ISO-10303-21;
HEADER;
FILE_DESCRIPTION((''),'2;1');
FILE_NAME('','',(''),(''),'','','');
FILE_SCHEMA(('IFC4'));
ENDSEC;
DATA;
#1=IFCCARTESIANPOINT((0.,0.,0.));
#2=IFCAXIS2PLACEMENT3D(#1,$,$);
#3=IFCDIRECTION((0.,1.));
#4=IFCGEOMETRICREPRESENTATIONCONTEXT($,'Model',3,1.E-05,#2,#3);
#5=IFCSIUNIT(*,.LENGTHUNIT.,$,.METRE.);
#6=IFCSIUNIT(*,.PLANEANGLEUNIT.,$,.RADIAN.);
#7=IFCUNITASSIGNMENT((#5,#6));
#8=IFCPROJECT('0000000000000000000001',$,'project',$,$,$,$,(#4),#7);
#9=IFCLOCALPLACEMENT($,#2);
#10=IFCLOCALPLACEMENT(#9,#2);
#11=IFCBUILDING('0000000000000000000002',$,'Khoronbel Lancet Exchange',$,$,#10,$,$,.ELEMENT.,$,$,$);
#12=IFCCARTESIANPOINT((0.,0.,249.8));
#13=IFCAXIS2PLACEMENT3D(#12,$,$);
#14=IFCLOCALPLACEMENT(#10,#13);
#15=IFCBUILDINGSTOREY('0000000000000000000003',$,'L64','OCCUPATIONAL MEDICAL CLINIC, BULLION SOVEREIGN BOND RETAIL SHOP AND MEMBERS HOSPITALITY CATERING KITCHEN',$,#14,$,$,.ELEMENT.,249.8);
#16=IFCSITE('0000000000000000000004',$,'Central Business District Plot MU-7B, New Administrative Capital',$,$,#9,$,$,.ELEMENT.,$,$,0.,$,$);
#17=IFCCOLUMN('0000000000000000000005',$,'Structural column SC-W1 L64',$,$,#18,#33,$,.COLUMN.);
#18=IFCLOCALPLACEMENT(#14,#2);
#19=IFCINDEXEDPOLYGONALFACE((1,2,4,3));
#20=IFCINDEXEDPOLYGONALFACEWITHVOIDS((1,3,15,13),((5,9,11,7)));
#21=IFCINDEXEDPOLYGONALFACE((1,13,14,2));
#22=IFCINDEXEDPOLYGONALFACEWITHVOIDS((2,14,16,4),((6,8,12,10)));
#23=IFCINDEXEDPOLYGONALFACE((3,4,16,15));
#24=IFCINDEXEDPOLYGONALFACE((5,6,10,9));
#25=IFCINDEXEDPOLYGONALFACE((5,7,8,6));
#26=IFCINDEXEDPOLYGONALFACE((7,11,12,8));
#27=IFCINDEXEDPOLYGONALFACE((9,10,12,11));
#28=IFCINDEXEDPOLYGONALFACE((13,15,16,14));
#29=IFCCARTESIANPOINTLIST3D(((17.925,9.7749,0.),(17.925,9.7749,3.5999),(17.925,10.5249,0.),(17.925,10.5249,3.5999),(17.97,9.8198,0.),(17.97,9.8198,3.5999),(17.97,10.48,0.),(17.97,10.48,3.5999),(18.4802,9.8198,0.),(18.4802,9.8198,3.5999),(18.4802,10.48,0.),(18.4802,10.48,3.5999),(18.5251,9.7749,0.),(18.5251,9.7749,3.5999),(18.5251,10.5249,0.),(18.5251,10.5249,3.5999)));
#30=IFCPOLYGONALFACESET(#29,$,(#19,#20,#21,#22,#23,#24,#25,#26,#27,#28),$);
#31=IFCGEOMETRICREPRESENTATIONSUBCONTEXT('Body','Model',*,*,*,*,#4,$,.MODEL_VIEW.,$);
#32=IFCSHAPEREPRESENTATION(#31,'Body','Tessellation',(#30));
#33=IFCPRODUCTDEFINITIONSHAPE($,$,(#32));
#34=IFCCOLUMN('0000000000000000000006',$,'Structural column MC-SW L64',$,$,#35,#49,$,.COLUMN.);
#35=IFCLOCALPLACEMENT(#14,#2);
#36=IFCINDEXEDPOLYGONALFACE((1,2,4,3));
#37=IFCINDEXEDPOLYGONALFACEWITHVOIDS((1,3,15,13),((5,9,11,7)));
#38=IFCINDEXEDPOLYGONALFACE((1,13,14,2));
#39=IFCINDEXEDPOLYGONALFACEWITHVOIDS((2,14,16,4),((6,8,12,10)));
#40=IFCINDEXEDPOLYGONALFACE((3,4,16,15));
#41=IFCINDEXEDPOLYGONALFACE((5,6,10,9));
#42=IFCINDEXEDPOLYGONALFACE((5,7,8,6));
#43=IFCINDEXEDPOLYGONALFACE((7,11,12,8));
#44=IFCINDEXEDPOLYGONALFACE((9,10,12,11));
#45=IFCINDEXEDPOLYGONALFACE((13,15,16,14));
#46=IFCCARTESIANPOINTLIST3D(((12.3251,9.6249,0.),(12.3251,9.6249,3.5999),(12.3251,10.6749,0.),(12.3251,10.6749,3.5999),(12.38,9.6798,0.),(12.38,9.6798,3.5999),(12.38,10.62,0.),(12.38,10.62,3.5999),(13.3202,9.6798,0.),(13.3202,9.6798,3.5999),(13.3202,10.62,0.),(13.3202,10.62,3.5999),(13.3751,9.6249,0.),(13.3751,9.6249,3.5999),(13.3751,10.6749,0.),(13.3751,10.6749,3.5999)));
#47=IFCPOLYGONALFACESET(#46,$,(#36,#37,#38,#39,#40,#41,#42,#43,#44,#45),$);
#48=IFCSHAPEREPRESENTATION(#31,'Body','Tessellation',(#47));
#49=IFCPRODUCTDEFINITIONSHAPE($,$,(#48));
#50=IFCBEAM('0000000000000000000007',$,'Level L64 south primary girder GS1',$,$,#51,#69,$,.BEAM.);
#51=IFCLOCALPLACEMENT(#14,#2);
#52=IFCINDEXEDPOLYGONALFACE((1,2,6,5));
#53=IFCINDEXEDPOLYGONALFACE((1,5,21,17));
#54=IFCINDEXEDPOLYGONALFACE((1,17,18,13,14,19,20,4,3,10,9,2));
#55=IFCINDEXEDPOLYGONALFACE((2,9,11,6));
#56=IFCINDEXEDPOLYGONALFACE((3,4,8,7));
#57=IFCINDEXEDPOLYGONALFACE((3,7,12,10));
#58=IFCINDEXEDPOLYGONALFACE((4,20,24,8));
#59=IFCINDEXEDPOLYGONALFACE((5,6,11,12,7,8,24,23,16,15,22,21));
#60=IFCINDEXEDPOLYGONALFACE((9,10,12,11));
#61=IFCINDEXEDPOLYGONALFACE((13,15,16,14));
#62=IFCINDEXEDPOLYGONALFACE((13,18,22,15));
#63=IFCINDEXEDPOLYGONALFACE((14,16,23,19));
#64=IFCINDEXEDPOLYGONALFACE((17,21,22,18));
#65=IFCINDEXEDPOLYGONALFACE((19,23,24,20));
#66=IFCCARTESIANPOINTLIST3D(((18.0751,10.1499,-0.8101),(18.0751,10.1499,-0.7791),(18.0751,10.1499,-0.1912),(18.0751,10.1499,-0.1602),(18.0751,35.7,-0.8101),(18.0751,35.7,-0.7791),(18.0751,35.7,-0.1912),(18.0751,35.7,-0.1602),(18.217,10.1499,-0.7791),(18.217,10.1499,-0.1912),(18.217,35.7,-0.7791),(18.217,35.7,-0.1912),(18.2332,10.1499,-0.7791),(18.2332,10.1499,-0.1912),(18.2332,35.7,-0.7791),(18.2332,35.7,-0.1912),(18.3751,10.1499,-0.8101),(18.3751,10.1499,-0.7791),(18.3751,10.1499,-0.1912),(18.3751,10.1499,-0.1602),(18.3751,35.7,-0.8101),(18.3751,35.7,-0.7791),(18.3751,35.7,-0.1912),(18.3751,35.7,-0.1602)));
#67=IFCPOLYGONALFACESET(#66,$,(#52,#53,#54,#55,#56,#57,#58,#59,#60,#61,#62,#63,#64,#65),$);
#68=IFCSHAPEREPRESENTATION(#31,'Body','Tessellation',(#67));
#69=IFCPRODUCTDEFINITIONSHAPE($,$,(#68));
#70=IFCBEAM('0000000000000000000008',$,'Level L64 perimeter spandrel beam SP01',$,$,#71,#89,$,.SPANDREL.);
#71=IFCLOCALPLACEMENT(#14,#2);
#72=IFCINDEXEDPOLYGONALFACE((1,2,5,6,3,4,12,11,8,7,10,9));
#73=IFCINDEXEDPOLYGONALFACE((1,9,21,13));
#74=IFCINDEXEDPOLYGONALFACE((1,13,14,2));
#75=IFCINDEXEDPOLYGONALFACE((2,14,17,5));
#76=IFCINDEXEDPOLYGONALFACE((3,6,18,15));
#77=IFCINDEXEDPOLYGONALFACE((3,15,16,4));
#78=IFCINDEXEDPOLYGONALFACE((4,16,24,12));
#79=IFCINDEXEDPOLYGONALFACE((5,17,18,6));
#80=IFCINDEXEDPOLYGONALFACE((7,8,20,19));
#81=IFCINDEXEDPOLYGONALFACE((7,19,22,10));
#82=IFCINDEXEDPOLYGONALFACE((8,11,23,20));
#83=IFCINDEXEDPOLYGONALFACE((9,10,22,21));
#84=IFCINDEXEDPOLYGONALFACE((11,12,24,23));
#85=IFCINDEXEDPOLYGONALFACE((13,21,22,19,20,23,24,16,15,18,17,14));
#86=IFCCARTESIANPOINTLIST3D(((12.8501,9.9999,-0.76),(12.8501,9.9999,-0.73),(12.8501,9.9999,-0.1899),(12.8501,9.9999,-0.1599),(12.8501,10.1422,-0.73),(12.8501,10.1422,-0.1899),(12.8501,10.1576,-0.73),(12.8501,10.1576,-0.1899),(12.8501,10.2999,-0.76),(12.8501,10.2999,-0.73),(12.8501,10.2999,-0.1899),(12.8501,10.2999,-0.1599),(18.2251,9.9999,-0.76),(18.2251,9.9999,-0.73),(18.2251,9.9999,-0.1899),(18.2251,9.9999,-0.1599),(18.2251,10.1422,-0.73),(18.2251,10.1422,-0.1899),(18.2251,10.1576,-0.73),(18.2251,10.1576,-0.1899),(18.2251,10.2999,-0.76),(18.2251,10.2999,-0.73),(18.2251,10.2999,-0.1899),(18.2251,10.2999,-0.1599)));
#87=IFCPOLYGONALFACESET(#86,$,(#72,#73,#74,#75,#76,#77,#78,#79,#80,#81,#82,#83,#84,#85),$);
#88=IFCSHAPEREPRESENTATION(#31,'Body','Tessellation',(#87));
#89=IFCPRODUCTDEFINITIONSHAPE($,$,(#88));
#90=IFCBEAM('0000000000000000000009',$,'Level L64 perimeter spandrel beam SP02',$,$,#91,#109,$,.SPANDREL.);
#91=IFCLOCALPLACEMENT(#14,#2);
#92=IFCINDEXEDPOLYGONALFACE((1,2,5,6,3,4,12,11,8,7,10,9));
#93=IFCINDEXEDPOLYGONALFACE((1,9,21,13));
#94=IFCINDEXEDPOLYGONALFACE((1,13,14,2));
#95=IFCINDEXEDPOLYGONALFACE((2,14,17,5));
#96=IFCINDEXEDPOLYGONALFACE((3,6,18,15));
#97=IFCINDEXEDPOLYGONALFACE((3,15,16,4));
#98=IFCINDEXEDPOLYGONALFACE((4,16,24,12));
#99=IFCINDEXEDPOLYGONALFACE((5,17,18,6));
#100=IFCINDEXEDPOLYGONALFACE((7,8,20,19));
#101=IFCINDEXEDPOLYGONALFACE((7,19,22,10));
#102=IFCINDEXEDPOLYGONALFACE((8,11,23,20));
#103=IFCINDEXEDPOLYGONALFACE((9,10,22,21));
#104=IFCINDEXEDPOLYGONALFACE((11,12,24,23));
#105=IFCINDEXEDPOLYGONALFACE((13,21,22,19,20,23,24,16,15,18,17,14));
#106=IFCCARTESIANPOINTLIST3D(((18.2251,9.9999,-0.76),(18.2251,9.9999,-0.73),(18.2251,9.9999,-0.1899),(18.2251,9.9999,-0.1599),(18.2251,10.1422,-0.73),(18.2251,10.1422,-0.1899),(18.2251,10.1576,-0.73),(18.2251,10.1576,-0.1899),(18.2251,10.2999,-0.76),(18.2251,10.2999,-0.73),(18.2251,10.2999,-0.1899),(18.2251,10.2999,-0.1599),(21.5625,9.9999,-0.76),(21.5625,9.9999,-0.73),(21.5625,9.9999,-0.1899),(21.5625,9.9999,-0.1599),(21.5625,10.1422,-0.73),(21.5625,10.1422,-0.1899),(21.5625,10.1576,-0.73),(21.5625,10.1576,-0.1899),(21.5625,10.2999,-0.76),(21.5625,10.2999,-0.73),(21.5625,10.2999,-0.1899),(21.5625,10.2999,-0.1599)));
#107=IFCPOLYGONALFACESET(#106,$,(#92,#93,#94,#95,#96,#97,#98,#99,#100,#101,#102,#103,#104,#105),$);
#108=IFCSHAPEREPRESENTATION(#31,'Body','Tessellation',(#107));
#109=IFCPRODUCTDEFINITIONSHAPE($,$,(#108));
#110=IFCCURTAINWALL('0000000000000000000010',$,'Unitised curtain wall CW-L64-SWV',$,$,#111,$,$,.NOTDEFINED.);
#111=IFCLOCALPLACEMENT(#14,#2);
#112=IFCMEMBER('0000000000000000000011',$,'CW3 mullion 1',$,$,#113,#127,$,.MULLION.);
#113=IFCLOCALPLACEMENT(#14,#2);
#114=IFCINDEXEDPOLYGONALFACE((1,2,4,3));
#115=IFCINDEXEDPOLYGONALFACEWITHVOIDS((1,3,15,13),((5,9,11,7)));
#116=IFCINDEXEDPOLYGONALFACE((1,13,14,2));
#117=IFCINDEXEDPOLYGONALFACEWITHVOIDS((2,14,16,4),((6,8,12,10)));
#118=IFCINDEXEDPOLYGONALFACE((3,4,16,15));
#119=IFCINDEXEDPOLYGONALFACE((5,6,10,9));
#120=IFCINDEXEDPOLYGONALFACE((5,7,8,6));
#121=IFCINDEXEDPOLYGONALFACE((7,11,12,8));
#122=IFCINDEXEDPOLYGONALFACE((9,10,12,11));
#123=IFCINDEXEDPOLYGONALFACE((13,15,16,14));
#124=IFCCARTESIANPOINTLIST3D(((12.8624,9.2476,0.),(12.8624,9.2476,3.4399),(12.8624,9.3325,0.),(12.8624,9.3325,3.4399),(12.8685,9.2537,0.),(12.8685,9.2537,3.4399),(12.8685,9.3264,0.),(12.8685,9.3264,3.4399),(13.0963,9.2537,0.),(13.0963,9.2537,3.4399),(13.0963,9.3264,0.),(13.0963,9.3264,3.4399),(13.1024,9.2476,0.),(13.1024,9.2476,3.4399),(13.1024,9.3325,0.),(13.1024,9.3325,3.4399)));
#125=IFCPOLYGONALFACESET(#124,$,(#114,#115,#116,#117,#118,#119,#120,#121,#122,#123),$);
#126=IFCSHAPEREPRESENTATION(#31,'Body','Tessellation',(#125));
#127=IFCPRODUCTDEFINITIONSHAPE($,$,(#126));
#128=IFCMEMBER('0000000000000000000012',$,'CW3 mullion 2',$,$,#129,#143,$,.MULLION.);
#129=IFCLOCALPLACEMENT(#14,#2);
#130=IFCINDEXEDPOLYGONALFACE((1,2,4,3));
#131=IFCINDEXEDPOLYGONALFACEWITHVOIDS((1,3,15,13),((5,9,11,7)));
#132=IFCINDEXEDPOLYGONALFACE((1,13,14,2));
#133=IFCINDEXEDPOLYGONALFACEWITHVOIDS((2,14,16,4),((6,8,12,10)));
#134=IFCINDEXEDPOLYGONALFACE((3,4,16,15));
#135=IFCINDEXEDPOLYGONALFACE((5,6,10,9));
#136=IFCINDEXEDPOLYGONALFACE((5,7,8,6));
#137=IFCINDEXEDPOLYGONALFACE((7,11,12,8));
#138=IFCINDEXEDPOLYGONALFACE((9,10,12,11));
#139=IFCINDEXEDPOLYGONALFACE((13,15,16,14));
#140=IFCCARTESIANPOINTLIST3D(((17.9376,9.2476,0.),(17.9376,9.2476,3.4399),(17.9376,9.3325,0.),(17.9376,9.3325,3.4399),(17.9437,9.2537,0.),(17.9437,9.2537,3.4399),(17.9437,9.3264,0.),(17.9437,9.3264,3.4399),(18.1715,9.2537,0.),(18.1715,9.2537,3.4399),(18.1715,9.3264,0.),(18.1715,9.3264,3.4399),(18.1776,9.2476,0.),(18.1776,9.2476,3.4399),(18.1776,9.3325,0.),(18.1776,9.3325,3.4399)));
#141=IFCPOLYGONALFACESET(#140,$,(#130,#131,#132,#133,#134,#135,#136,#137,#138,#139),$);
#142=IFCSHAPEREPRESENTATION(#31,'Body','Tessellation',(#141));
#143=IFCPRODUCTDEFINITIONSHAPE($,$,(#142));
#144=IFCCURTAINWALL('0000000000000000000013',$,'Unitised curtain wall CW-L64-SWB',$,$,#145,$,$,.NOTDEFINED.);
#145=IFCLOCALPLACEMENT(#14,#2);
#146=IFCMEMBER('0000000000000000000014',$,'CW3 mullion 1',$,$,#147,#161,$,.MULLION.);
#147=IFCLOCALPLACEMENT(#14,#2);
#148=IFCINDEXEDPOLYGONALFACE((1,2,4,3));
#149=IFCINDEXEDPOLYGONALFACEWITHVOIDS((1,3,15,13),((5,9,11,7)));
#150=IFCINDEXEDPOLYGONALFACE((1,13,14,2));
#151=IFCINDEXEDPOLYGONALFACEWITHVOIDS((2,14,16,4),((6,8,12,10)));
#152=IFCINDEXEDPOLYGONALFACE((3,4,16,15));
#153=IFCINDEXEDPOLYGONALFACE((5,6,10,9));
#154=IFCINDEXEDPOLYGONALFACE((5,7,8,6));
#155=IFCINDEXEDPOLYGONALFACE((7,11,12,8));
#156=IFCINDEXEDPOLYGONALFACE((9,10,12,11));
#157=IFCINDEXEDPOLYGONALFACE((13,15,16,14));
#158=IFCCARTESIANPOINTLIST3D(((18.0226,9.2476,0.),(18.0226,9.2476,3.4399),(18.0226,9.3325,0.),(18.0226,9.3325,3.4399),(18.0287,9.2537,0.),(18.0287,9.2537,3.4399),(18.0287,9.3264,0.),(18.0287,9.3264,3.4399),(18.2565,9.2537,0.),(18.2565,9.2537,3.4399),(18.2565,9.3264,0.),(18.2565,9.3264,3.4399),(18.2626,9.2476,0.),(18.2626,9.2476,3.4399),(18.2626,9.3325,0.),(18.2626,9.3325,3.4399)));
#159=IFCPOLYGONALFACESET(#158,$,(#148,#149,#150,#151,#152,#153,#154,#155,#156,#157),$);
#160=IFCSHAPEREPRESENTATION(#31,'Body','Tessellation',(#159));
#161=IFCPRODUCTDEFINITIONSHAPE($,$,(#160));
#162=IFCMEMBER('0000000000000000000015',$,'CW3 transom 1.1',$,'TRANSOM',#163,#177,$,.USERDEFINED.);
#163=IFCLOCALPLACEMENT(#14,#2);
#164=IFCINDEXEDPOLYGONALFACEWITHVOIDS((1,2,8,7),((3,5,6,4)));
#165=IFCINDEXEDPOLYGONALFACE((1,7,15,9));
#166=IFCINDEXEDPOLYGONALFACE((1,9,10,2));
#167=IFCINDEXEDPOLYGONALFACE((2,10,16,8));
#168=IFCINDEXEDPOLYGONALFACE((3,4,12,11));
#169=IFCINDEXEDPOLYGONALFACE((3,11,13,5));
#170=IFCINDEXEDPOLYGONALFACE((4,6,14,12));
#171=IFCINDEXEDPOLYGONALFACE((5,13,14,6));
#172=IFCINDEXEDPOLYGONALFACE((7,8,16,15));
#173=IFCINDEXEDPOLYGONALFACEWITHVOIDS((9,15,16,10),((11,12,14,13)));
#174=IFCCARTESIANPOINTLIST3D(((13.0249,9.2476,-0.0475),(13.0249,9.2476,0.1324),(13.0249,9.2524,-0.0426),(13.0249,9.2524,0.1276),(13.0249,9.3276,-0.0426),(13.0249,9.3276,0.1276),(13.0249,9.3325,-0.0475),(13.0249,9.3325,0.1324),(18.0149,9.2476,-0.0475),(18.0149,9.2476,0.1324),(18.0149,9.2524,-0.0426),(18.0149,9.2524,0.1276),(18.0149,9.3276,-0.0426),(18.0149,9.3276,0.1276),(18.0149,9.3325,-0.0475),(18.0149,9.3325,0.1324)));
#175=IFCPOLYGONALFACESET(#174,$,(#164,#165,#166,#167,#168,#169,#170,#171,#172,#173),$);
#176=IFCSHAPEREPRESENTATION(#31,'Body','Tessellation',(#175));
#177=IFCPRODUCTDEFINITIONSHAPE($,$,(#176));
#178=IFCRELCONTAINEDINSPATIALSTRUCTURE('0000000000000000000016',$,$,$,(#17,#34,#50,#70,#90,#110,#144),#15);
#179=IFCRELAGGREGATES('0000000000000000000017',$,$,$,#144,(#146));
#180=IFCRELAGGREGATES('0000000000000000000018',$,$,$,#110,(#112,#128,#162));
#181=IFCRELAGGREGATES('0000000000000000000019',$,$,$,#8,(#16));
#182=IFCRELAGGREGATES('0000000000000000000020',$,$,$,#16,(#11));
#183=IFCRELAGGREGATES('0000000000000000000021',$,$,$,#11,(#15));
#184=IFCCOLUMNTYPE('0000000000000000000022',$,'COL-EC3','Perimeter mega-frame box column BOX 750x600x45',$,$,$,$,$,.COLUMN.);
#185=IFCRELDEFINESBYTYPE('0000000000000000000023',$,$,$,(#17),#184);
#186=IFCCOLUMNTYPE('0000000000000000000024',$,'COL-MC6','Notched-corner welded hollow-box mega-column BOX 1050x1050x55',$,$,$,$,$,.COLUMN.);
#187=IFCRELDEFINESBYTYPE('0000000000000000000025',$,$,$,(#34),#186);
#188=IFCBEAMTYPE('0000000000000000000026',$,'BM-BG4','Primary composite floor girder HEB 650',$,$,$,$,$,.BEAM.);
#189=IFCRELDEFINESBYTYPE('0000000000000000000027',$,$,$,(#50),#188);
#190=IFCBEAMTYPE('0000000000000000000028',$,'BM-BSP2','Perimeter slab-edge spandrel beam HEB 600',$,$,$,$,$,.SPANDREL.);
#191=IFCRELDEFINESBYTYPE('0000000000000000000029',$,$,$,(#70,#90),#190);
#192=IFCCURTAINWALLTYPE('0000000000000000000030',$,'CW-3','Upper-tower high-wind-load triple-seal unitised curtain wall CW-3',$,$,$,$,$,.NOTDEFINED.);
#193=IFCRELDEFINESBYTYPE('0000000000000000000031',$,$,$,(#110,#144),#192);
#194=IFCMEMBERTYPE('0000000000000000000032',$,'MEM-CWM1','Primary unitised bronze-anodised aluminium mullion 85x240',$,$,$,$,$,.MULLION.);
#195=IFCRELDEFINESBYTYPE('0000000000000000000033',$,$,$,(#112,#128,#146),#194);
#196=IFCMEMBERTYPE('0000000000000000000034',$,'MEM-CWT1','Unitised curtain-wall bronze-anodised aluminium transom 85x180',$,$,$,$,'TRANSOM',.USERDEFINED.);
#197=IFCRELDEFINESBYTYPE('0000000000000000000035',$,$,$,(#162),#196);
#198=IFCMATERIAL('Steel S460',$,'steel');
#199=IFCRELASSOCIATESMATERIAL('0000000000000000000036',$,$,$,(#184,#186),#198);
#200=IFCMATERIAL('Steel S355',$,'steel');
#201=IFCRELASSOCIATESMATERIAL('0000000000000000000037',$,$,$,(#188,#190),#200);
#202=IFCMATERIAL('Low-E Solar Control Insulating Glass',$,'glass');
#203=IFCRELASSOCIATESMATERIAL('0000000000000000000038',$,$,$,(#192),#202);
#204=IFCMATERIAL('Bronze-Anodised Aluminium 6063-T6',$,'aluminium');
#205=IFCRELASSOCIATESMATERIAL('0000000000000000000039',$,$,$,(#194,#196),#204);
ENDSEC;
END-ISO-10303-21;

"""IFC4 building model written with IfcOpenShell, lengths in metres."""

from ifc_helpers import new_model, si_unit, direction, frame, origin, origin_2d, place, context, subcontext, project, spatial, hollow_rectangle, i_section, extrude, material, material_profile, profile_set, type_object, element, aggregate, save


model = new_model("IFC4")

# Units and contexts
model_context = context("Model", 3, precision=1e-05, world=origin(), true_north=direction((0.0, 1.0)))
body_context = subcontext(model_context, "Body", "Model", "MODEL_VIEW")
ifc_project = project(units=[si_unit("LENGTHUNIT", "METRE"), si_unit("PLANEANGLEUNIT", "RADIAN")], contexts=[model_context])

# Site, building, storey
site_placement = place(None, origin())
site = spatial("IfcSite", under=ifc_project, at=site_placement, Name="Central Business District Plot MU-7B, New Administrative Capital", CompositionType="ELEMENT", RefElevation=0.0)
building_placement = place(site_placement, origin())
building = spatial("IfcBuilding", under=site, at=building_placement, Name="Khoronbel Lancet Exchange", CompositionType="ELEMENT")
storey_placement = place(building_placement, frame((0.0, 0.0, 249.8)))
storey = spatial("IfcBuildingStorey", under=building, at=storey_placement, Name="L64", Description="OCCUPATIONAL MEDICAL CLINIC, BULLION SOVEREIGN BOND RETAIL SHOP AND MEMBERS HOSPITALITY CATERING KITCHEN", CompositionType="ELEMENT", Elevation=249.8)

# Columns
ifc_material_1 = material(Name="Steel S460", Category="steel")
ifc_material_profile_1 = material_profile(ifc_material_1, hollow_rectangle(XDim=0.6001, YDim=0.75, WallThickness=0.0449, at=origin_2d()), Name="BOX 750x600x45")
ifc_profile_set_1 = profile_set([ifc_material_profile_1], Name="Steel S460")
column_type_1 = type_object("IfcColumnType", Name="COL-EC3", Description="Perimeter mega-frame box column BOX 750x600x45", PredefinedType="COLUMN", material=ifc_profile_set_1)
column_1_placement = place(storey_placement, frame((18.2251, 10.1499, 0.0), z_axis=(0.0, 0.0, 1.0), x_axis=(1.0, 0.0, 0.0)))
element("IfcColumn", 1, at=column_1_placement, inside=storey, type_object=column_type_1, Name="Structural column SC-W1 L64", PredefinedType="COLUMN", context=body_context, shape_type="SweptSolid", body=[
    extrude(hollow_rectangle(XDim=0.6001, YDim=0.75, WallThickness=0.0449, at=origin_2d()), origin(), (0.0, 0.0, 1.0), 3.5999),
])
ifc_material_profile_2 = material_profile(ifc_material_1, hollow_rectangle(XDim=1.05, YDim=1.05, WallThickness=0.0549, at=origin_2d()), Name="BOX 1050x1050x55")
ifc_profile_set_2 = profile_set([ifc_material_profile_2], Name="Steel S460")
column_type_2 = type_object("IfcColumnType", Name="COL-MC6", Description="Notched-corner welded hollow-box mega-column BOX 1050x1050x55", PredefinedType="COLUMN", material=ifc_profile_set_2)
column_2_placement = place(storey_placement, frame((12.8501, 10.1499, 0.0), z_axis=(0.0, 0.0, 1.0), x_axis=(1.0, 0.0, 0.0)))
element("IfcColumn", 2, at=column_2_placement, inside=storey, type_object=column_type_2, Name="Structural column MC-SW L64", PredefinedType="COLUMN", context=body_context, shape_type="SweptSolid", body=[
    extrude(hollow_rectangle(XDim=1.05, YDim=1.05, WallThickness=0.0549, at=origin_2d()), origin(), (0.0, 0.0, 1.0), 3.5999),
])

# Beams
ifc_material_2 = material(Name="Steel S355", Category="steel")
ifc_material_profile_3 = material_profile(ifc_material_2, i_section(OverallWidth=0.3, OverallDepth=0.6499, WebThickness=0.0161, FlangeThickness=0.031, at=origin_2d()), Name="HEB 650")
ifc_profile_set_3 = profile_set([ifc_material_profile_3], Name="Steel S355")
beam_type_1 = type_object("IfcBeamType", Name="BM-BG4", Description="Primary composite floor girder HEB 650", PredefinedType="BEAM", material=ifc_profile_set_3)
beam_1_placement = place(storey_placement, frame((18.2251, 10.1499, -0.4851), z_axis=(0.0, 1.0, 0.0), x_axis=(-1.0, 0.0, 0.0)))
element("IfcBeam", 3, at=beam_1_placement, inside=storey, type_object=beam_type_1, Name="Level L64 south primary girder GS1", PredefinedType="BEAM", context=body_context, shape_type="SweptSolid", body=[
    extrude(i_section(OverallWidth=0.3, OverallDepth=0.6499, WebThickness=0.0161, FlangeThickness=0.031, at=origin_2d()), origin(), (0.0, 0.0, 1.0), 25.55),
])
ifc_material_profile_4 = material_profile(ifc_material_2, i_section(OverallWidth=0.3, OverallDepth=0.6001, WebThickness=0.0154, FlangeThickness=0.03, at=origin_2d()), Name="HEB 600")
ifc_profile_set_4 = profile_set([ifc_material_profile_4], Name="Steel S355")
beam_type_2 = type_object("IfcBeamType", Name="BM-BSP2", Description="Perimeter slab-edge spandrel beam HEB 600", PredefinedType="SPANDREL", material=ifc_profile_set_4)
beam_2_placement = place(storey_placement, frame((12.8501, 10.1499, -0.46), z_axis=(1.0, 0.0, 0.0), x_axis=(0.0, 1.0, 0.0)))
element("IfcBeam", 4, at=beam_2_placement, inside=storey, type_object=beam_type_2, Name="Level L64 perimeter spandrel beam SP01", PredefinedType="SPANDREL", context=body_context, shape_type="SweptSolid", body=[
    extrude(i_section(OverallWidth=0.3, OverallDepth=0.6001, WebThickness=0.0154, FlangeThickness=0.03, at=origin_2d()), origin(), (0.0, 0.0, 1.0), 5.375),
])
beam_3_placement = place(storey_placement, frame((18.2251, 10.1499, -0.46), z_axis=(1.0, 0.0, 0.0), x_axis=(0.0, 1.0, 0.0)))
element("IfcBeam", 5, at=beam_3_placement, inside=storey, type_object=beam_type_2, Name="Level L64 perimeter spandrel beam SP02", PredefinedType="SPANDREL", context=body_context, shape_type="SweptSolid", body=[
    extrude(i_section(OverallWidth=0.3, OverallDepth=0.6001, WebThickness=0.0154, FlangeThickness=0.03, at=origin_2d()), origin(), (0.0, 0.0, 1.0), 3.3374),
])

# Curtain wall, members
ifc_material_3 = material(Name="Low-E Solar Control Insulating Glass", Category="glass")
curtain_wall_type = type_object("IfcCurtainWallType", Name="CW-3", Description="Upper-tower high-wind-load triple-seal unitised curtain wall CW-3", PredefinedType="NOTDEFINED", material=ifc_material_3)
curtain_wall_1_placement = place(storey_placement, origin())
curtain_wall_1 = element("IfcCurtainWall", 6, at=curtain_wall_1_placement, inside=storey, type_object=curtain_wall_type, Name="Unitised curtain wall CW-L64-SWV", PredefinedType="NOTDEFINED")
ifc_material_4 = material(Name="Bronze-Anodised Aluminium 6063-T6", Category="aluminium")
ifc_material_profile_5 = material_profile(ifc_material_4, hollow_rectangle(XDim=0.085, YDim=0.24, WallThickness=0.0061, at=origin_2d()), Name="ALU MULLION 85x240")
ifc_profile_set_5 = profile_set([ifc_material_profile_5], Name="Bronze-Anodised Aluminium 6063-T6")
member_type_1 = type_object("IfcMemberType", Name="MEM-CWM1", Description="Primary unitised bronze-anodised aluminium mullion 85x240", PredefinedType="MULLION", material=ifc_profile_set_5)
member_1_placement = place(storey_placement, frame((12.9824, 9.29, 0.0), z_axis=(0.0, 0.0, 1.0), x_axis=(0.0, 1.0, 0.0)))
member_1 = element("IfcMember", 7, at=member_1_placement, type_object=member_type_1, Name="CW3 mullion 1", PredefinedType="MULLION", context=body_context, shape_type="SweptSolid", body=[
    extrude(hollow_rectangle(XDim=0.085, YDim=0.24, WallThickness=0.0061, at=origin_2d()), origin(), (0.0, 0.0, 1.0), 3.4399),
])
member_2_placement = place(storey_placement, frame((18.0576, 9.29, 0.0), z_axis=(0.0, 0.0, 1.0), x_axis=(0.0, 1.0, 0.0)))
member_2 = element("IfcMember", 8, at=member_2_placement, type_object=member_type_1, Name="CW3 mullion 2", PredefinedType="MULLION", context=body_context, shape_type="SweptSolid", body=[
    extrude(hollow_rectangle(XDim=0.085, YDim=0.24, WallThickness=0.0061, at=origin_2d()), origin(), (0.0, 0.0, 1.0), 3.4399),
])

# Curtain wall, member
curtain_wall_2_placement = place(storey_placement, origin())
curtain_wall_2 = element("IfcCurtainWall", 9, at=curtain_wall_2_placement, inside=storey, type_object=curtain_wall_type, Name="Unitised curtain wall CW-L64-SWB", PredefinedType="NOTDEFINED")
member_3_placement = place(storey_placement, frame((18.1426, 9.29, 0.0), z_axis=(0.0, 0.0, 1.0), x_axis=(0.0, 1.0, 0.0)))
member_3 = element("IfcMember", 10, at=member_3_placement, type_object=member_type_1, Name="CW3 mullion 1", PredefinedType="MULLION", context=body_context, shape_type="SweptSolid", body=[
    extrude(hollow_rectangle(XDim=0.085, YDim=0.24, WallThickness=0.0061, at=origin_2d()), origin(), (0.0, 0.0, 1.0), 3.4399),
])

# Member
ifc_material_profile_6 = material_profile(ifc_material_4, hollow_rectangle(XDim=0.085, YDim=0.1799, WallThickness=0.0049, at=origin_2d()), Name="ALU TRANSOM 85x180")
ifc_profile_set_6 = profile_set([ifc_material_profile_6], Name="Bronze-Anodised Aluminium 6063-T6")
member_type_2 = type_object("IfcMemberType", Name="MEM-CWT1", Description="Unitised curtain-wall bronze-anodised aluminium transom 85x180", ElementType="TRANSOM", PredefinedType="USERDEFINED", material=ifc_profile_set_6)
member_4_placement = place(storey_placement, frame((13.0249, 9.29, 0.0425), z_axis=(1.0, 0.0, 0.0), x_axis=(0.0, 1.0, 0.0)))
member_4 = element("IfcMember", 11, at=member_4_placement, type_object=member_type_2, Name="CW3 transom 1.1", ObjectType="TRANSOM", PredefinedType="USERDEFINED", context=body_context, shape_type="SweptSolid", body=[
    extrude(hollow_rectangle(XDim=0.085, YDim=0.1799, WallThickness=0.0049, at=origin_2d()), origin(), (0.0, 0.0, 1.0), 4.99),
])
aggregate(curtain_wall_2, [member_3])

aggregate(curtain_wall_1, [member_1, member_2, member_4])

save(model, "model.ifc")
